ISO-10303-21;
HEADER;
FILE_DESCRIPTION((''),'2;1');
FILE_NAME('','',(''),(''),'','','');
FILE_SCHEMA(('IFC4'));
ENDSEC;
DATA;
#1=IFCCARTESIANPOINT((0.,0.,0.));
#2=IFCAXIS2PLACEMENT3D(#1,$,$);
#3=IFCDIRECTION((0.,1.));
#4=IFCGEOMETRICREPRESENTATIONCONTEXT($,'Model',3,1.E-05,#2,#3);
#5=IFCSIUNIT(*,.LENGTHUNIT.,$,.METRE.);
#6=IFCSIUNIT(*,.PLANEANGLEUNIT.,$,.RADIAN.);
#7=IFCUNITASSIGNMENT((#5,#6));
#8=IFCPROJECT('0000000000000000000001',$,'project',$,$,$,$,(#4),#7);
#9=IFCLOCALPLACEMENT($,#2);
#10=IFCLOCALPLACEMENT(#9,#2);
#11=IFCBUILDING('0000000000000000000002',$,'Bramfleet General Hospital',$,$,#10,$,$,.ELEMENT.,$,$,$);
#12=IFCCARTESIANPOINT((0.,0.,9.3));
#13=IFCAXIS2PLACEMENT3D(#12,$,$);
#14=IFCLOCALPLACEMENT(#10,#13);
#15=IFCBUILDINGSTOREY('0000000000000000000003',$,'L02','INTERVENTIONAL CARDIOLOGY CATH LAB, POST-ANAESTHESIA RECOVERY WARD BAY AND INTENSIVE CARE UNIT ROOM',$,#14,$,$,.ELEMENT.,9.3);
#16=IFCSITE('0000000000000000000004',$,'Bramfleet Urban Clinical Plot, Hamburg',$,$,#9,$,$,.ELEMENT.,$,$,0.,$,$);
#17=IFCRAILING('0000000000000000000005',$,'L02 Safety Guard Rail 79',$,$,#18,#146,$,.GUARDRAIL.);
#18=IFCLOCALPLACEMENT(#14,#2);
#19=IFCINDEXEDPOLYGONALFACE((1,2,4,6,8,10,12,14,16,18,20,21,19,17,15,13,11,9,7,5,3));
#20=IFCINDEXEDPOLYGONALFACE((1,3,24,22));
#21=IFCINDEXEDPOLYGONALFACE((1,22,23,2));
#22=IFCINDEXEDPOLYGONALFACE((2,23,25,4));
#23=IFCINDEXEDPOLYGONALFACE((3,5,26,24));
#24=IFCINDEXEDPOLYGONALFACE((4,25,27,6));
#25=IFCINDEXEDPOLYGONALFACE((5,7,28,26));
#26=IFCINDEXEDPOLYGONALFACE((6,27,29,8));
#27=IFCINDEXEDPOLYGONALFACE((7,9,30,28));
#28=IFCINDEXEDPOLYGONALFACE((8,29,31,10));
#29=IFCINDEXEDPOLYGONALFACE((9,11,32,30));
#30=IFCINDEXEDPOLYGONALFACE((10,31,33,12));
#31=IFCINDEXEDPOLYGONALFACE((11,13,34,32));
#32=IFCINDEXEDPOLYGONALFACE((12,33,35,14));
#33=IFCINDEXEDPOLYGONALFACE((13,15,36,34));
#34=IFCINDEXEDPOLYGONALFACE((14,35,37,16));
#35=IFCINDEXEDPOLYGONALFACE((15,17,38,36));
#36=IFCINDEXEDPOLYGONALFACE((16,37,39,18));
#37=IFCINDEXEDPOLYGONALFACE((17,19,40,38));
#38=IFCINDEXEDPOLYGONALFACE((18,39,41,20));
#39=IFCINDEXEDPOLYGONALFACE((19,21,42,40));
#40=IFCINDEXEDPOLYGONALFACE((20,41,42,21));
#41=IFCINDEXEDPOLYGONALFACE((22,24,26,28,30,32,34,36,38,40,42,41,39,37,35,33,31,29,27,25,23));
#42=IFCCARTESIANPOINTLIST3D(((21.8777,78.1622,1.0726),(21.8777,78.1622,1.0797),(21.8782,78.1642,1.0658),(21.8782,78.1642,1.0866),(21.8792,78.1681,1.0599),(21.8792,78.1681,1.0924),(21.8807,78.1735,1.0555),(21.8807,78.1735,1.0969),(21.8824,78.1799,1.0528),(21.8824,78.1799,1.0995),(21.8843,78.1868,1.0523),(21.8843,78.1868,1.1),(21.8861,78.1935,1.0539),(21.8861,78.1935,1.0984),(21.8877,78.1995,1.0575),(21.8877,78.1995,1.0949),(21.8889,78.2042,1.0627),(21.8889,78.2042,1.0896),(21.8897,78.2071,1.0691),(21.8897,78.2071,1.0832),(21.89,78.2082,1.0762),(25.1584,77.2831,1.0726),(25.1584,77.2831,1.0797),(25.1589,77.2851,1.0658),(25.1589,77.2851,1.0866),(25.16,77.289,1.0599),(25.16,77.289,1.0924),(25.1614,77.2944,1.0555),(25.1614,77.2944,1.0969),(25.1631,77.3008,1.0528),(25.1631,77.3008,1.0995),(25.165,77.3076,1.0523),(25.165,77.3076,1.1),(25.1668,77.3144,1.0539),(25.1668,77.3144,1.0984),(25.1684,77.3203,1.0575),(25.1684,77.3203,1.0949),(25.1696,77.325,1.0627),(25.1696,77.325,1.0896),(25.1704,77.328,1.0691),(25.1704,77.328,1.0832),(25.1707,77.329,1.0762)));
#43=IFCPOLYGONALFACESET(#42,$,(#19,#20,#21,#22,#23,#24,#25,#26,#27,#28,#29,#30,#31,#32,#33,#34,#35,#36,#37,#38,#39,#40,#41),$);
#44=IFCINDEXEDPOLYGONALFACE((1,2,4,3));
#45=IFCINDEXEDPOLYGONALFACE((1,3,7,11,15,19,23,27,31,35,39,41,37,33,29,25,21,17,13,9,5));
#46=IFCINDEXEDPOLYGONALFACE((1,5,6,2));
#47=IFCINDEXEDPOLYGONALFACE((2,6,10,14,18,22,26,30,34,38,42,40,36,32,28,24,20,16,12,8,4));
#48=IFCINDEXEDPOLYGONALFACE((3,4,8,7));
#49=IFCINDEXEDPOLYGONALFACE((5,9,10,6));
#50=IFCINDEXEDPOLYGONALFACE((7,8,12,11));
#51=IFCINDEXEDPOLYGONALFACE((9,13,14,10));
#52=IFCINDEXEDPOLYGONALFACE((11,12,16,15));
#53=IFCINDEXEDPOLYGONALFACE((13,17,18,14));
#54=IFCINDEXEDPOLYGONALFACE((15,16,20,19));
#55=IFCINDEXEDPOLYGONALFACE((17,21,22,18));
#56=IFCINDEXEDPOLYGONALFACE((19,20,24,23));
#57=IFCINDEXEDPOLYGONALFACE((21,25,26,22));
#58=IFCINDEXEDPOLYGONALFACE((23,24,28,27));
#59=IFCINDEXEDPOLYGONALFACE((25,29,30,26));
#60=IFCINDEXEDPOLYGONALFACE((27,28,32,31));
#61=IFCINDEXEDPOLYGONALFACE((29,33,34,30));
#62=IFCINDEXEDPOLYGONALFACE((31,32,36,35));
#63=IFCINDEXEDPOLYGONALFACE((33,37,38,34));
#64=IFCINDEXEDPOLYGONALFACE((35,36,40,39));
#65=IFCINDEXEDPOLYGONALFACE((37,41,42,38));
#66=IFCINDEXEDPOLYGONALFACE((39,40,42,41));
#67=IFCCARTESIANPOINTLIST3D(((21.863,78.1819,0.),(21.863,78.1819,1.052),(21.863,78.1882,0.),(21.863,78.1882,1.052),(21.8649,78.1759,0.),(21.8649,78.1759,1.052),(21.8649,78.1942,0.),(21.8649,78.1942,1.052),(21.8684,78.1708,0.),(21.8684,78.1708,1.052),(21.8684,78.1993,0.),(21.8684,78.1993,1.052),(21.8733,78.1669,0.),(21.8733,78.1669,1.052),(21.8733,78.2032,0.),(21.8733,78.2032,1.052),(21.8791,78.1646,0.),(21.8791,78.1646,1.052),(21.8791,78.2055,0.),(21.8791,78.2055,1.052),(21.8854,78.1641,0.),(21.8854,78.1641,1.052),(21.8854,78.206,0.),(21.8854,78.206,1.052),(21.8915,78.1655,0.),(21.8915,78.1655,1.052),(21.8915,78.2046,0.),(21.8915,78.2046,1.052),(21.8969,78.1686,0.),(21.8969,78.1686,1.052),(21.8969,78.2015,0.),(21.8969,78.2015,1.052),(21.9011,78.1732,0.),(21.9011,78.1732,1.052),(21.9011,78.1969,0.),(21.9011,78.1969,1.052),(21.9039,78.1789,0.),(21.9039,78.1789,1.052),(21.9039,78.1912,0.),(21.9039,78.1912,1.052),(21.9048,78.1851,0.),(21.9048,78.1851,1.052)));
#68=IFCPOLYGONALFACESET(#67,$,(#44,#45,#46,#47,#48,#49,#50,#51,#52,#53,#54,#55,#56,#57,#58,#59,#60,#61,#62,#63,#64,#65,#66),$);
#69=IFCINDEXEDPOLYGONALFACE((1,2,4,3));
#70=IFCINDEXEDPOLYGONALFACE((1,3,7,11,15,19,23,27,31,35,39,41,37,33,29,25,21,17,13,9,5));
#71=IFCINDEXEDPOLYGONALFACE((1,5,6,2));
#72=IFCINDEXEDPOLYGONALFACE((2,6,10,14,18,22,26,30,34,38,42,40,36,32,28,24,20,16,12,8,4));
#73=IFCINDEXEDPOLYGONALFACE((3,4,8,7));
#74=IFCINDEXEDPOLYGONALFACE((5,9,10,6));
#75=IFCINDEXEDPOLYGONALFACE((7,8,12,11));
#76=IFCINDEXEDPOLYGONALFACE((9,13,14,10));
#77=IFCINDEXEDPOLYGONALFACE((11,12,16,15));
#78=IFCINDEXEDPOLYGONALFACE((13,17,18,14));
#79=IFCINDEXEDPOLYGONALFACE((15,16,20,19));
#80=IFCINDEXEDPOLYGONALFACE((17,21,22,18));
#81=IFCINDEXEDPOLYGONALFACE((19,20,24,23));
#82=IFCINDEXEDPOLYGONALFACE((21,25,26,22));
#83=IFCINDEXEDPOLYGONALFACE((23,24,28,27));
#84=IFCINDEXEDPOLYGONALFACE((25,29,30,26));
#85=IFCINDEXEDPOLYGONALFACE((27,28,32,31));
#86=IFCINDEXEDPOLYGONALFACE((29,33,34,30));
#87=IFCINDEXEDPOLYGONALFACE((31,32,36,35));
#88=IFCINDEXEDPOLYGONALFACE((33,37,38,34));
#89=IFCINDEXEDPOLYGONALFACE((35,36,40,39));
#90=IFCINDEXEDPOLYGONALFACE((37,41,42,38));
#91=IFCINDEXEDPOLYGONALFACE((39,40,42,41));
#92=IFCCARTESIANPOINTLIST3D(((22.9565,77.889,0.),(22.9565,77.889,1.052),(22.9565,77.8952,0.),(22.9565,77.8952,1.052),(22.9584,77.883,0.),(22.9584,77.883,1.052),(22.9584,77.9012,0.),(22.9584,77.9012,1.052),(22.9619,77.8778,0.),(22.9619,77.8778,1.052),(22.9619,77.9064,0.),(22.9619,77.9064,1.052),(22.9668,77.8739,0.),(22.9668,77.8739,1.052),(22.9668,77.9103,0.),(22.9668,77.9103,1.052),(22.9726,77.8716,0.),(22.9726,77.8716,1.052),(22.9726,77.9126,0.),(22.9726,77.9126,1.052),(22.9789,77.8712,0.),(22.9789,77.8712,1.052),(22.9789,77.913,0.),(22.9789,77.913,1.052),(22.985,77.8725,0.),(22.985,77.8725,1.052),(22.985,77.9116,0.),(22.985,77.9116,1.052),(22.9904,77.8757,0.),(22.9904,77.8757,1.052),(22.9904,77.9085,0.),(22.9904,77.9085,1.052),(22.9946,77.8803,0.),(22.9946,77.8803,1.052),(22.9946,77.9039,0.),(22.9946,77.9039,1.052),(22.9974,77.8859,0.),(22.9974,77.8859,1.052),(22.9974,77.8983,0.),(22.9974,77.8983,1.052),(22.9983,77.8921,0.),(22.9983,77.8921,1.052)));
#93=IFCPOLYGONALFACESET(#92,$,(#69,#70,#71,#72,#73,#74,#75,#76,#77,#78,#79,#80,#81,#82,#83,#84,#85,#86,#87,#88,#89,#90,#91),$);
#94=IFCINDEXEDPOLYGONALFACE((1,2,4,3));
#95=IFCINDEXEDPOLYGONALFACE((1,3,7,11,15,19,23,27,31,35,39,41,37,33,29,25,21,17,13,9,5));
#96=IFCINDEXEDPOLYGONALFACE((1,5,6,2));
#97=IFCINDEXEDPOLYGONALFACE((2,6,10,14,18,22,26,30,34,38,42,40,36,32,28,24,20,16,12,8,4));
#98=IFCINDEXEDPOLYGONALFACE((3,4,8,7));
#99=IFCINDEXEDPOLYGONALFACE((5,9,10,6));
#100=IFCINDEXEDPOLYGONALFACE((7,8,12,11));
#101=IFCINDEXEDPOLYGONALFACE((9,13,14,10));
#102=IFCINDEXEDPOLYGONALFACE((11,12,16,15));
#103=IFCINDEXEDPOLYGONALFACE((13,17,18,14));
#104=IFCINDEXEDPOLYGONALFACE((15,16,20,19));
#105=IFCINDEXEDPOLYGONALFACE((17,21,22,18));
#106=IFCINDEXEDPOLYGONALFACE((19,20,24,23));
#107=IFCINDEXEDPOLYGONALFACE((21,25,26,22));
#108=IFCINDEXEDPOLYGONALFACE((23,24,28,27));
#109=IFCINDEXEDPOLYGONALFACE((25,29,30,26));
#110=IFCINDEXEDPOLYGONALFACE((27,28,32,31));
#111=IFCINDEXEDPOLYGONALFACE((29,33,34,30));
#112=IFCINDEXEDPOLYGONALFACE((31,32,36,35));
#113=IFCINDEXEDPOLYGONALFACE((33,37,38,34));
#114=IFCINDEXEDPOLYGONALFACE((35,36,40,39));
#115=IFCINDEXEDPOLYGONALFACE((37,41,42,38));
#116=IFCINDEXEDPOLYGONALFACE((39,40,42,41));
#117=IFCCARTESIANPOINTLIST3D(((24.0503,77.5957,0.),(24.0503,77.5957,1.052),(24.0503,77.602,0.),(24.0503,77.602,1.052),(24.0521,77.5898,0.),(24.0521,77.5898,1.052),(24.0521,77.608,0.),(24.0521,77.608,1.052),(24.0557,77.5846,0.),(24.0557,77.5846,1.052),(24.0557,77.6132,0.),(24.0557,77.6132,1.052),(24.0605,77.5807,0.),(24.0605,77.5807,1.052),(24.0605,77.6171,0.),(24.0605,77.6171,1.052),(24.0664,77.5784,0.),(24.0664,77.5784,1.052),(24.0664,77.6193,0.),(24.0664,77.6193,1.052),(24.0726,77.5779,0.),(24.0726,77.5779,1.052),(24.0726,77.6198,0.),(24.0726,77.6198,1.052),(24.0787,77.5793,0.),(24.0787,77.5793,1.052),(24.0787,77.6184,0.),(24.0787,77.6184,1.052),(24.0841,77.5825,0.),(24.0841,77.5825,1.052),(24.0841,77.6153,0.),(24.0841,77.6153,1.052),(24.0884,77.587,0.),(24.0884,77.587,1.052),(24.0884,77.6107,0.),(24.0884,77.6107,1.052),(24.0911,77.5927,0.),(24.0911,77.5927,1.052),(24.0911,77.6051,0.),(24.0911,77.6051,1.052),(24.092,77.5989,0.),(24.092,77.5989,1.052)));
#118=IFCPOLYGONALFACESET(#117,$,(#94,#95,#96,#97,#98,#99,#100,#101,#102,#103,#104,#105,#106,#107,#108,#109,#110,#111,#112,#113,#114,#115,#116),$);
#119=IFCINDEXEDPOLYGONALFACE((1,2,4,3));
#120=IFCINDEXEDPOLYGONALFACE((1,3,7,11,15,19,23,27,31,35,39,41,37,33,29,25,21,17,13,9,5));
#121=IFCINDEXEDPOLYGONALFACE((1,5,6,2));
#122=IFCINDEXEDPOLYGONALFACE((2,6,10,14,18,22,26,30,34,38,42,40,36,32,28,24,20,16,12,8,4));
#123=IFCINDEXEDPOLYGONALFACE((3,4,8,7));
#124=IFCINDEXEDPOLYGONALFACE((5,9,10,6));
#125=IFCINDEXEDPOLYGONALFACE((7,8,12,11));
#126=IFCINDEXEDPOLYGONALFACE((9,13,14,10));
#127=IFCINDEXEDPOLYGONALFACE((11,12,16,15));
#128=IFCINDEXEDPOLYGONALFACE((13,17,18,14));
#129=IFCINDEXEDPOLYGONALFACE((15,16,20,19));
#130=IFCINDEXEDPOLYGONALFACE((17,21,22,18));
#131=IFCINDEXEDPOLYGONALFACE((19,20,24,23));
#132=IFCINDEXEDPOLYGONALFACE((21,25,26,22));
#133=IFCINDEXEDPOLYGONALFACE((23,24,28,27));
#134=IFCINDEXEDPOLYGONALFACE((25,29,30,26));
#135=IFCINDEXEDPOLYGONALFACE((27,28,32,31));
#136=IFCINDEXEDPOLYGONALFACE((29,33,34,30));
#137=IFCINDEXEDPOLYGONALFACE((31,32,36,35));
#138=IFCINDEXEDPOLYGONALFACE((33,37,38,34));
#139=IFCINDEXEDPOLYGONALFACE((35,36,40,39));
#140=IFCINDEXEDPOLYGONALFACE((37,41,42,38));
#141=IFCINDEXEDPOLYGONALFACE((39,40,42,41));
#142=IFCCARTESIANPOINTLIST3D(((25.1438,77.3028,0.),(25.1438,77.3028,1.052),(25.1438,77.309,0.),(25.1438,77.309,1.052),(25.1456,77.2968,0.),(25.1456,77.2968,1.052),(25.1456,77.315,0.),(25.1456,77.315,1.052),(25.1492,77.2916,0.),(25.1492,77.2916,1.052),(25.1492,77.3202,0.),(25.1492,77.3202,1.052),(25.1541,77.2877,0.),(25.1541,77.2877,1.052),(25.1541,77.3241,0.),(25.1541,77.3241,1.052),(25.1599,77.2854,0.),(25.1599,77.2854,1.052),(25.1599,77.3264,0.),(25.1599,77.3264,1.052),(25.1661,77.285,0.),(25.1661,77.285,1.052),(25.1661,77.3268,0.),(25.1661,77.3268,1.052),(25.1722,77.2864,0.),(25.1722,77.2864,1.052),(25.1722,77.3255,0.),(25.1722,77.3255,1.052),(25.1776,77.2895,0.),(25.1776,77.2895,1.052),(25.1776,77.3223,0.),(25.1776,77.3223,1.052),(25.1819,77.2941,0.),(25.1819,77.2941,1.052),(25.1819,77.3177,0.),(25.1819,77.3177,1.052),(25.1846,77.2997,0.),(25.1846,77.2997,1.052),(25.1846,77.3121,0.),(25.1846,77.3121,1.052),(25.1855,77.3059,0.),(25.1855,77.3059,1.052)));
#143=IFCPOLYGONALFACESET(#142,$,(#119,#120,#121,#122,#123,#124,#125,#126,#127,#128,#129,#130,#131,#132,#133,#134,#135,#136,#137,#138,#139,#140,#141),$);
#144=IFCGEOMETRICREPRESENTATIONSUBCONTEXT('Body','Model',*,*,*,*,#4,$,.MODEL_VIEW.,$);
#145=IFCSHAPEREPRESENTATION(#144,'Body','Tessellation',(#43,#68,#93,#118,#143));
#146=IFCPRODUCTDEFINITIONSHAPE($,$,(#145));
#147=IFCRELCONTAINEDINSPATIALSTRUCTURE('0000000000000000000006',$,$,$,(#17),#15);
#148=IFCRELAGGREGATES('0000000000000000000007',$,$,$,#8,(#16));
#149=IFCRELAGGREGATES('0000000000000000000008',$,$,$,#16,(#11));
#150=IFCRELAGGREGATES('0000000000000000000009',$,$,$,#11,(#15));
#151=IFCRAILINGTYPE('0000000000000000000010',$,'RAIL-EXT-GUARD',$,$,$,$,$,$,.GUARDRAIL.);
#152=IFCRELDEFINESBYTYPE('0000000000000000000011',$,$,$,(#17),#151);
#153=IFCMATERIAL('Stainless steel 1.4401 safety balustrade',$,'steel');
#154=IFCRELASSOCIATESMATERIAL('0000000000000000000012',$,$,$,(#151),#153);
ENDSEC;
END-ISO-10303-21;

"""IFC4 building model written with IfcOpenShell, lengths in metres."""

from ifc_helpers import new_model, si_unit, direction, frame, origin, origin_2d, place, context, subcontext, project, spatial, circle, extrude, material, type_object, element, save


model = new_model("IFC4")

# Units and contexts
model_context = context("Model", 3, precision=1e-05, world=origin(), true_north=direction((0.0, 1.0)))
body_context = subcontext(model_context, "Body", "Model", "MODEL_VIEW")
ifc_project = project(units=[si_unit("LENGTHUNIT", "METRE"), si_unit("PLANEANGLEUNIT", "RADIAN")], contexts=[model_context])

# Site, building, storey
site_placement = place(None, origin())
site = spatial("IfcSite", under=ifc_project, at=site_placement, Name="Bramfleet Urban Clinical Plot, Hamburg", CompositionType="ELEMENT", RefElevation=0.0)
building_placement = place(site_placement, origin())
building = spatial("IfcBuilding", under=site, at=building_placement, Name="Bramfleet General Hospital", CompositionType="ELEMENT")
storey_placement = place(building_placement, frame((0.0, 0.0, 9.3)))
storey = spatial("IfcBuildingStorey", under=building, at=storey_placement, Name="L02", Description="INTERVENTIONAL CARDIOLOGY CATH LAB, POST-ANAESTHESIA RECOVERY WARD BAY AND INTENSIVE CARE UNIT ROOM", CompositionType="ELEMENT", Elevation=9.3)

# Railing
ifc_material_1 = material(Name="Stainless steel 1.4401 safety balustrade", Category="steel")
railing_type = type_object("IfcRailingType", Name="RAIL-EXT-GUARD", PredefinedType="GUARDRAIL", material=ifc_material_1)
railing_placement = place(storey_placement, frame((21.8838, 78.1851, 0.0)))
element("IfcRailing", 1, at=railing_placement, inside=storey, type_object=railing_type, Name="L02 Safety Guard Rail 79", PredefinedType="GUARDRAIL", context=body_context, shape_type="SweptSolid", body=[
    extrude(circle(Radius=0.0239, at=origin_2d()), frame((0.0, 0.0, 1.0762), z_axis=(0.96592, -0.258839, 0.0), x_axis=(0.258839, 0.96592, 0.0)), (0.0, 0.0, 1.0), 3.3965),
    extrude(circle(Radius=0.021, at=origin_2d()), origin(), (0.0, 0.0, 1.0), 1.052),
    extrude(circle(Radius=0.021, at=origin_2d()), frame((1.0935, -0.293, 0.0)), (0.0, 0.0, 1.0), 1.052),
    extrude(circle(Radius=0.021, at=origin_2d()), frame((2.1873, -0.5862, 0.0)), (0.0, 0.0, 1.0), 1.052),
    extrude(circle(Radius=0.021, at=origin_2d()), frame((3.2808, -0.8792, 0.0)), (0.0, 0.0, 1.0), 1.052),
])

save(model, "model.ifc")
